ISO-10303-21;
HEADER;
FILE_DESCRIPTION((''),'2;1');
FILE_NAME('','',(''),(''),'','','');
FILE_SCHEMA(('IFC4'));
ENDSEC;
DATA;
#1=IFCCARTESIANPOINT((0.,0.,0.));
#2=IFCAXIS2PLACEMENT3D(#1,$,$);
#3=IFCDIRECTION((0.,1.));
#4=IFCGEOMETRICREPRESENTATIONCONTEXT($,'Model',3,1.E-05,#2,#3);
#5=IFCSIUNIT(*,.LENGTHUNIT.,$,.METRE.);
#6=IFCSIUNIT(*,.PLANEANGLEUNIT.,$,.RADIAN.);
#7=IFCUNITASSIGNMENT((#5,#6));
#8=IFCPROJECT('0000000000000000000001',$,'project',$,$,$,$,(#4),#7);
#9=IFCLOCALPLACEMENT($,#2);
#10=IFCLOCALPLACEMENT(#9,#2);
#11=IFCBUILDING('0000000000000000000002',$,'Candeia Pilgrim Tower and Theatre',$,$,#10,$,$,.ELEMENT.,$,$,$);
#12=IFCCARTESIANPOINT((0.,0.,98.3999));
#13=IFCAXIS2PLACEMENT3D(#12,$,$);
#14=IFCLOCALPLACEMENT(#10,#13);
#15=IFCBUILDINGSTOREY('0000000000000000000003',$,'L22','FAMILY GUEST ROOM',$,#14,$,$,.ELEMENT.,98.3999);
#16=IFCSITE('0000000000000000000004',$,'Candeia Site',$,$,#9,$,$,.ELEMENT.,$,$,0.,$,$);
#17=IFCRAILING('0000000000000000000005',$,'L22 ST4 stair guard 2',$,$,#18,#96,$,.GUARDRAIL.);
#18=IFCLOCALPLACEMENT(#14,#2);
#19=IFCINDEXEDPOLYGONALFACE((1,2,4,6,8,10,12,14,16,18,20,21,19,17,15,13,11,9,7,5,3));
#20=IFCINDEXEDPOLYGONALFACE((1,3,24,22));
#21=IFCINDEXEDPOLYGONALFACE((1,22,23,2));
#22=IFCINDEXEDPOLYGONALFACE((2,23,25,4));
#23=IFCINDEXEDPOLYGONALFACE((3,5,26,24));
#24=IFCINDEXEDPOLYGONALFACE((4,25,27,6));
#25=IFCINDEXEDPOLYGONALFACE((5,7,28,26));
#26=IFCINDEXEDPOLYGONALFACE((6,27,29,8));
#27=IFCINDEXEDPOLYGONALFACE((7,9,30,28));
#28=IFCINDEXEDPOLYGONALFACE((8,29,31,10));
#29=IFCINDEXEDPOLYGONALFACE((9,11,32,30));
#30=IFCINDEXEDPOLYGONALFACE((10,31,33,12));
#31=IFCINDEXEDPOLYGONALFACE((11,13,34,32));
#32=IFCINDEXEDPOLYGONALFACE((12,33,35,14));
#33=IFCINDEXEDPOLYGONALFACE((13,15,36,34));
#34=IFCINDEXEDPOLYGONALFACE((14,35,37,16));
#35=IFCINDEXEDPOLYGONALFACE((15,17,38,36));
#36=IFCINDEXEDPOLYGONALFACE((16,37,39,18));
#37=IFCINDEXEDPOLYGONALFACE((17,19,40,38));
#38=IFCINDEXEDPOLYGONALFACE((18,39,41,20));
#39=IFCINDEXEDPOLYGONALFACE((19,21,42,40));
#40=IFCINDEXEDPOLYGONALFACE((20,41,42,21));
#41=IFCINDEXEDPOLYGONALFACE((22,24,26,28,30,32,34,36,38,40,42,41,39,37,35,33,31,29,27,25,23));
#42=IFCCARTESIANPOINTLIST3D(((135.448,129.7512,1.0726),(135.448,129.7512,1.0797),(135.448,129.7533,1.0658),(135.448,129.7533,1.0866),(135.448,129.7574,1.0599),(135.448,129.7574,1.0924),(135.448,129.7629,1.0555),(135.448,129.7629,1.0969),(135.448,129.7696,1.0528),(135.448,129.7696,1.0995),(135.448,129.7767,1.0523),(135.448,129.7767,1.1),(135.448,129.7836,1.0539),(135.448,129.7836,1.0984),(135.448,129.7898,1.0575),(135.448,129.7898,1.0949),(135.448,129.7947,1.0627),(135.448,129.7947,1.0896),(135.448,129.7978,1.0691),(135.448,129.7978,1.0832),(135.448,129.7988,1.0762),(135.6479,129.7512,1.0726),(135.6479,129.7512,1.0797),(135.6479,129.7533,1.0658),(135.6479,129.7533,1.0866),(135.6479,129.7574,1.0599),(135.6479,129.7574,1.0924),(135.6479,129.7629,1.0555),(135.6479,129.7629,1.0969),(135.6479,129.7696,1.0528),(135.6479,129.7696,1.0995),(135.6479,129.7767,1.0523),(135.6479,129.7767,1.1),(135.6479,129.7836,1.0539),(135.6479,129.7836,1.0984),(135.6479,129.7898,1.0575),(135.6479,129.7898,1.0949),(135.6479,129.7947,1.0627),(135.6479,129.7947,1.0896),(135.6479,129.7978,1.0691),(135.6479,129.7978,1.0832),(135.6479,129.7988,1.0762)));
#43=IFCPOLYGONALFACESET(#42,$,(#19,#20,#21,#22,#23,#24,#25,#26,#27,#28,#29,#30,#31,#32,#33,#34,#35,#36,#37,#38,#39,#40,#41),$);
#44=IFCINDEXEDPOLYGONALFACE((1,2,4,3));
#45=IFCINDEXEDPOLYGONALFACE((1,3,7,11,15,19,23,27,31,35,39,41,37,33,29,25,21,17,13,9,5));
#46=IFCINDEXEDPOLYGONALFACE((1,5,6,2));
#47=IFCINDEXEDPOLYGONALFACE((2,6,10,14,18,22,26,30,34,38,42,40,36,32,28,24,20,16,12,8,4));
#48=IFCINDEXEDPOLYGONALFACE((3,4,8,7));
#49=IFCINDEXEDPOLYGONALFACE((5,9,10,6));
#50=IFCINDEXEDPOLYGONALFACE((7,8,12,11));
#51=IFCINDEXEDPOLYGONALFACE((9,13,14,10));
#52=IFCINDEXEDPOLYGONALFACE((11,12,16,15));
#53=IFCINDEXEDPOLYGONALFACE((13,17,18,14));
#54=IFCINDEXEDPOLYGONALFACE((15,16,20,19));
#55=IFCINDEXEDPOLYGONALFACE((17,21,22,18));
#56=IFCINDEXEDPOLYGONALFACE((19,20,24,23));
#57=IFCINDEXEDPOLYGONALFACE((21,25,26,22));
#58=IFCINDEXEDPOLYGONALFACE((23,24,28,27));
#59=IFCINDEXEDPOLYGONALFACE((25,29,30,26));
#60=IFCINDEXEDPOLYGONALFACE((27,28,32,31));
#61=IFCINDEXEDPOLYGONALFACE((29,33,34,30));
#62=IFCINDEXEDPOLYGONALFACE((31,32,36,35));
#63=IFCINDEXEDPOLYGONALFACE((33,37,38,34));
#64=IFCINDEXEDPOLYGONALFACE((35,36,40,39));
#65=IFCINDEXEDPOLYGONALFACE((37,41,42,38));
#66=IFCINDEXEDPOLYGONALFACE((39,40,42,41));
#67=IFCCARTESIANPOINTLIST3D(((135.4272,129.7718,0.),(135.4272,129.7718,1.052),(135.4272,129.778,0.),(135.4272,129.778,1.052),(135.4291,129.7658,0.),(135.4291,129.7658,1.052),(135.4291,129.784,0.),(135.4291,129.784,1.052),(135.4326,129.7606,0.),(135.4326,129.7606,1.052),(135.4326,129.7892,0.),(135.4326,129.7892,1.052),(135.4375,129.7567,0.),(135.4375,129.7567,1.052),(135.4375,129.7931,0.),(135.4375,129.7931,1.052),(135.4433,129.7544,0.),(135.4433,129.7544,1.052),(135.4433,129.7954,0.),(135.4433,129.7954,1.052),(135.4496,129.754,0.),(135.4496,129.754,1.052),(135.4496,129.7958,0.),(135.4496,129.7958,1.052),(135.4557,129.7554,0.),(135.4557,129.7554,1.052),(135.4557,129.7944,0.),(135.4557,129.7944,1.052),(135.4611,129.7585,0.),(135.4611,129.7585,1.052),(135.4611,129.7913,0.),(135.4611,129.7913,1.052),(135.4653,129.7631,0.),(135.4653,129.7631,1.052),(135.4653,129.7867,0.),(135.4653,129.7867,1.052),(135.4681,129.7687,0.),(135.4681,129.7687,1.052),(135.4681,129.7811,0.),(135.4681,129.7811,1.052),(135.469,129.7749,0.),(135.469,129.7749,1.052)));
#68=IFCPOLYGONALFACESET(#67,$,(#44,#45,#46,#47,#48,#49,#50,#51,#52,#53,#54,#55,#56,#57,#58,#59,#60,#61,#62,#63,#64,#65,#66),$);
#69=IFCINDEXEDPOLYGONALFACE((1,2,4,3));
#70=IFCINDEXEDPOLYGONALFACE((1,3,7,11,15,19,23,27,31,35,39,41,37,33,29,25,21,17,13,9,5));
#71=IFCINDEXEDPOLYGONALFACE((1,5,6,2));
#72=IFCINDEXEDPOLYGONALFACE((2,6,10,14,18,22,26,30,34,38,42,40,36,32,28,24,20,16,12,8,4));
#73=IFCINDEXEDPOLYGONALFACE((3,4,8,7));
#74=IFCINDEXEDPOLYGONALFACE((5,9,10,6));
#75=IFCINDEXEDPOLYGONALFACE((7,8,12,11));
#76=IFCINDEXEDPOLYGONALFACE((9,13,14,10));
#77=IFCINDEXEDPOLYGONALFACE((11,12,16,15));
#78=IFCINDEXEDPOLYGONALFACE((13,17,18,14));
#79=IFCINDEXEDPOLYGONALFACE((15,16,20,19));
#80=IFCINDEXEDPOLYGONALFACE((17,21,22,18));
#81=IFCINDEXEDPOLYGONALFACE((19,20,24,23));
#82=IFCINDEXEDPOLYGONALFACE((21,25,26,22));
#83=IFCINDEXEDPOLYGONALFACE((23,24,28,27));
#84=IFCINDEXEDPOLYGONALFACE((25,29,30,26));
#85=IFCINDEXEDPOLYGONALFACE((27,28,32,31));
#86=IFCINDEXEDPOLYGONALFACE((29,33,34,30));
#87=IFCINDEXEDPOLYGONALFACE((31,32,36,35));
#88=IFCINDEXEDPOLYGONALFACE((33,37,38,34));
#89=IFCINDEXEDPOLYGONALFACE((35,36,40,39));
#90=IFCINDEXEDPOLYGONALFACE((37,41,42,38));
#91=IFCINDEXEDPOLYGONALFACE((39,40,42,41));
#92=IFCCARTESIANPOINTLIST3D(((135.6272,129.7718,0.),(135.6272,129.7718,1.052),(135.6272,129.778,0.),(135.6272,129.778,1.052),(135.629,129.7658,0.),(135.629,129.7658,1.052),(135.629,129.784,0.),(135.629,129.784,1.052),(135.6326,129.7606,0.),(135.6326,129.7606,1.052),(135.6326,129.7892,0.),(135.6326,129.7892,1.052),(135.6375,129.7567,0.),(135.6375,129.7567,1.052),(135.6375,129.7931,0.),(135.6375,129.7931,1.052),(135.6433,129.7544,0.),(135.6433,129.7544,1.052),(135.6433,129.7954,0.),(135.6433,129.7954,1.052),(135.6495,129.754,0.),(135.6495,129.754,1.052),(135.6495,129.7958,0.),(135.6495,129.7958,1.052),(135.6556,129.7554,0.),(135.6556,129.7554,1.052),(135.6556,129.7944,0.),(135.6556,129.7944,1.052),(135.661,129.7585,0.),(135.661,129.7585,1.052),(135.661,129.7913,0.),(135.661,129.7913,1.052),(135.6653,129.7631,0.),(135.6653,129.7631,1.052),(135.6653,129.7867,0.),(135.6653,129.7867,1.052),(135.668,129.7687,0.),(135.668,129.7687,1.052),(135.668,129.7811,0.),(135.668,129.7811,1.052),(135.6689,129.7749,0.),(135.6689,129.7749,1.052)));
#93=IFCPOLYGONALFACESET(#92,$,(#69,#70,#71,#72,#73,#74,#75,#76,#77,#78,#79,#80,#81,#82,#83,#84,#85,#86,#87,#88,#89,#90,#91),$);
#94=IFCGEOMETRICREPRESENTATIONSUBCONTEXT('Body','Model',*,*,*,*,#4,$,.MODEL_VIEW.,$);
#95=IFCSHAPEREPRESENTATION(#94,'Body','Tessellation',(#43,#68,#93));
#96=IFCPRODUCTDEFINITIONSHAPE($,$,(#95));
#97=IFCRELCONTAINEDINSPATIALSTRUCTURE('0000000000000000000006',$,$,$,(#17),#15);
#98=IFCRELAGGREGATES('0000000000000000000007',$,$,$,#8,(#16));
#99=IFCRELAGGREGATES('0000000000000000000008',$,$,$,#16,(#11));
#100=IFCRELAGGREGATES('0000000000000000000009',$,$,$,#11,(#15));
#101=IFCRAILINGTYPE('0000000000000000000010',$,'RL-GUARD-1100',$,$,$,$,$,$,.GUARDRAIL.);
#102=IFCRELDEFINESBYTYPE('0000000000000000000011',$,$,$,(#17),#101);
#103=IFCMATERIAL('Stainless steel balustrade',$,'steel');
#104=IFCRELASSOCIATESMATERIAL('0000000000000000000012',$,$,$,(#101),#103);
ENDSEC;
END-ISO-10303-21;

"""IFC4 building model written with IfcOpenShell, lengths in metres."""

from ifc_helpers import new_model, si_unit, direction, frame, origin, origin_2d, place, context, subcontext, project, spatial, circle, extrude, material, type_object, element, save


model = new_model("IFC4")

# Units and contexts
model_context = context("Model", 3, precision=1e-05, world=origin(), true_north=direction((0.0, 1.0)))
body_context = subcontext(model_context, "Body", "Model", "MODEL_VIEW")
ifc_project = project(units=[si_unit("LENGTHUNIT", "METRE"), si_unit("PLANEANGLEUNIT", "RADIAN")], contexts=[model_context])

# Site, building, storey
site_placement = place(None, origin())
site = spatial("IfcSite", under=ifc_project, at=site_placement, Name="Candeia Site", CompositionType="ELEMENT", RefElevation=0.0)
building_placement = place(site_placement, origin())
building = spatial("IfcBuilding", under=site, at=building_placement, Name="Candeia Pilgrim Tower and Theatre", CompositionType="ELEMENT")
storey_placement = place(building_placement, frame((0.0, 0.0, 98.3999)))
storey = spatial("IfcBuildingStorey", under=building, at=storey_placement, Name="L22", Description="FAMILY GUEST ROOM", CompositionType="ELEMENT", Elevation=98.3999)

# Railing
ifc_material_1 = material(Name="Stainless steel balustrade", Category="steel")
railing_type_1 = type_object("IfcRailingType", Name="RL-GUARD-1100", PredefinedType="GUARDRAIL", material=ifc_material_1)
railing_1_placement = place(storey_placement, frame((135.448, 129.7749, 0.0)))
element("IfcRailing", 1, at=railing_1_placement, inside=storey, type_object=railing_type_1, Name="L22 ST4 stair guard 2", PredefinedType="GUARDRAIL", context=body_context, shape_type="SweptSolid", body=[
    extrude(circle(Radius=0.0239, at=origin_2d()), frame((0.0, 0.0, 1.0762), z_axis=(1.0, 0.0, 0.0), x_axis=(0.0, 1.0, 0.0)), (0.0, 0.0, 1.0), 0.2),
    extrude(circle(Radius=0.021, at=origin_2d()), origin(), (0.0, 0.0, 1.0), 1.052),
    extrude(circle(Radius=0.021, at=origin_2d()), frame((0.2, 0.0, 0.0)), (0.0, 0.0, 1.0), 1.052),
])

save(model, "model.ifc")
